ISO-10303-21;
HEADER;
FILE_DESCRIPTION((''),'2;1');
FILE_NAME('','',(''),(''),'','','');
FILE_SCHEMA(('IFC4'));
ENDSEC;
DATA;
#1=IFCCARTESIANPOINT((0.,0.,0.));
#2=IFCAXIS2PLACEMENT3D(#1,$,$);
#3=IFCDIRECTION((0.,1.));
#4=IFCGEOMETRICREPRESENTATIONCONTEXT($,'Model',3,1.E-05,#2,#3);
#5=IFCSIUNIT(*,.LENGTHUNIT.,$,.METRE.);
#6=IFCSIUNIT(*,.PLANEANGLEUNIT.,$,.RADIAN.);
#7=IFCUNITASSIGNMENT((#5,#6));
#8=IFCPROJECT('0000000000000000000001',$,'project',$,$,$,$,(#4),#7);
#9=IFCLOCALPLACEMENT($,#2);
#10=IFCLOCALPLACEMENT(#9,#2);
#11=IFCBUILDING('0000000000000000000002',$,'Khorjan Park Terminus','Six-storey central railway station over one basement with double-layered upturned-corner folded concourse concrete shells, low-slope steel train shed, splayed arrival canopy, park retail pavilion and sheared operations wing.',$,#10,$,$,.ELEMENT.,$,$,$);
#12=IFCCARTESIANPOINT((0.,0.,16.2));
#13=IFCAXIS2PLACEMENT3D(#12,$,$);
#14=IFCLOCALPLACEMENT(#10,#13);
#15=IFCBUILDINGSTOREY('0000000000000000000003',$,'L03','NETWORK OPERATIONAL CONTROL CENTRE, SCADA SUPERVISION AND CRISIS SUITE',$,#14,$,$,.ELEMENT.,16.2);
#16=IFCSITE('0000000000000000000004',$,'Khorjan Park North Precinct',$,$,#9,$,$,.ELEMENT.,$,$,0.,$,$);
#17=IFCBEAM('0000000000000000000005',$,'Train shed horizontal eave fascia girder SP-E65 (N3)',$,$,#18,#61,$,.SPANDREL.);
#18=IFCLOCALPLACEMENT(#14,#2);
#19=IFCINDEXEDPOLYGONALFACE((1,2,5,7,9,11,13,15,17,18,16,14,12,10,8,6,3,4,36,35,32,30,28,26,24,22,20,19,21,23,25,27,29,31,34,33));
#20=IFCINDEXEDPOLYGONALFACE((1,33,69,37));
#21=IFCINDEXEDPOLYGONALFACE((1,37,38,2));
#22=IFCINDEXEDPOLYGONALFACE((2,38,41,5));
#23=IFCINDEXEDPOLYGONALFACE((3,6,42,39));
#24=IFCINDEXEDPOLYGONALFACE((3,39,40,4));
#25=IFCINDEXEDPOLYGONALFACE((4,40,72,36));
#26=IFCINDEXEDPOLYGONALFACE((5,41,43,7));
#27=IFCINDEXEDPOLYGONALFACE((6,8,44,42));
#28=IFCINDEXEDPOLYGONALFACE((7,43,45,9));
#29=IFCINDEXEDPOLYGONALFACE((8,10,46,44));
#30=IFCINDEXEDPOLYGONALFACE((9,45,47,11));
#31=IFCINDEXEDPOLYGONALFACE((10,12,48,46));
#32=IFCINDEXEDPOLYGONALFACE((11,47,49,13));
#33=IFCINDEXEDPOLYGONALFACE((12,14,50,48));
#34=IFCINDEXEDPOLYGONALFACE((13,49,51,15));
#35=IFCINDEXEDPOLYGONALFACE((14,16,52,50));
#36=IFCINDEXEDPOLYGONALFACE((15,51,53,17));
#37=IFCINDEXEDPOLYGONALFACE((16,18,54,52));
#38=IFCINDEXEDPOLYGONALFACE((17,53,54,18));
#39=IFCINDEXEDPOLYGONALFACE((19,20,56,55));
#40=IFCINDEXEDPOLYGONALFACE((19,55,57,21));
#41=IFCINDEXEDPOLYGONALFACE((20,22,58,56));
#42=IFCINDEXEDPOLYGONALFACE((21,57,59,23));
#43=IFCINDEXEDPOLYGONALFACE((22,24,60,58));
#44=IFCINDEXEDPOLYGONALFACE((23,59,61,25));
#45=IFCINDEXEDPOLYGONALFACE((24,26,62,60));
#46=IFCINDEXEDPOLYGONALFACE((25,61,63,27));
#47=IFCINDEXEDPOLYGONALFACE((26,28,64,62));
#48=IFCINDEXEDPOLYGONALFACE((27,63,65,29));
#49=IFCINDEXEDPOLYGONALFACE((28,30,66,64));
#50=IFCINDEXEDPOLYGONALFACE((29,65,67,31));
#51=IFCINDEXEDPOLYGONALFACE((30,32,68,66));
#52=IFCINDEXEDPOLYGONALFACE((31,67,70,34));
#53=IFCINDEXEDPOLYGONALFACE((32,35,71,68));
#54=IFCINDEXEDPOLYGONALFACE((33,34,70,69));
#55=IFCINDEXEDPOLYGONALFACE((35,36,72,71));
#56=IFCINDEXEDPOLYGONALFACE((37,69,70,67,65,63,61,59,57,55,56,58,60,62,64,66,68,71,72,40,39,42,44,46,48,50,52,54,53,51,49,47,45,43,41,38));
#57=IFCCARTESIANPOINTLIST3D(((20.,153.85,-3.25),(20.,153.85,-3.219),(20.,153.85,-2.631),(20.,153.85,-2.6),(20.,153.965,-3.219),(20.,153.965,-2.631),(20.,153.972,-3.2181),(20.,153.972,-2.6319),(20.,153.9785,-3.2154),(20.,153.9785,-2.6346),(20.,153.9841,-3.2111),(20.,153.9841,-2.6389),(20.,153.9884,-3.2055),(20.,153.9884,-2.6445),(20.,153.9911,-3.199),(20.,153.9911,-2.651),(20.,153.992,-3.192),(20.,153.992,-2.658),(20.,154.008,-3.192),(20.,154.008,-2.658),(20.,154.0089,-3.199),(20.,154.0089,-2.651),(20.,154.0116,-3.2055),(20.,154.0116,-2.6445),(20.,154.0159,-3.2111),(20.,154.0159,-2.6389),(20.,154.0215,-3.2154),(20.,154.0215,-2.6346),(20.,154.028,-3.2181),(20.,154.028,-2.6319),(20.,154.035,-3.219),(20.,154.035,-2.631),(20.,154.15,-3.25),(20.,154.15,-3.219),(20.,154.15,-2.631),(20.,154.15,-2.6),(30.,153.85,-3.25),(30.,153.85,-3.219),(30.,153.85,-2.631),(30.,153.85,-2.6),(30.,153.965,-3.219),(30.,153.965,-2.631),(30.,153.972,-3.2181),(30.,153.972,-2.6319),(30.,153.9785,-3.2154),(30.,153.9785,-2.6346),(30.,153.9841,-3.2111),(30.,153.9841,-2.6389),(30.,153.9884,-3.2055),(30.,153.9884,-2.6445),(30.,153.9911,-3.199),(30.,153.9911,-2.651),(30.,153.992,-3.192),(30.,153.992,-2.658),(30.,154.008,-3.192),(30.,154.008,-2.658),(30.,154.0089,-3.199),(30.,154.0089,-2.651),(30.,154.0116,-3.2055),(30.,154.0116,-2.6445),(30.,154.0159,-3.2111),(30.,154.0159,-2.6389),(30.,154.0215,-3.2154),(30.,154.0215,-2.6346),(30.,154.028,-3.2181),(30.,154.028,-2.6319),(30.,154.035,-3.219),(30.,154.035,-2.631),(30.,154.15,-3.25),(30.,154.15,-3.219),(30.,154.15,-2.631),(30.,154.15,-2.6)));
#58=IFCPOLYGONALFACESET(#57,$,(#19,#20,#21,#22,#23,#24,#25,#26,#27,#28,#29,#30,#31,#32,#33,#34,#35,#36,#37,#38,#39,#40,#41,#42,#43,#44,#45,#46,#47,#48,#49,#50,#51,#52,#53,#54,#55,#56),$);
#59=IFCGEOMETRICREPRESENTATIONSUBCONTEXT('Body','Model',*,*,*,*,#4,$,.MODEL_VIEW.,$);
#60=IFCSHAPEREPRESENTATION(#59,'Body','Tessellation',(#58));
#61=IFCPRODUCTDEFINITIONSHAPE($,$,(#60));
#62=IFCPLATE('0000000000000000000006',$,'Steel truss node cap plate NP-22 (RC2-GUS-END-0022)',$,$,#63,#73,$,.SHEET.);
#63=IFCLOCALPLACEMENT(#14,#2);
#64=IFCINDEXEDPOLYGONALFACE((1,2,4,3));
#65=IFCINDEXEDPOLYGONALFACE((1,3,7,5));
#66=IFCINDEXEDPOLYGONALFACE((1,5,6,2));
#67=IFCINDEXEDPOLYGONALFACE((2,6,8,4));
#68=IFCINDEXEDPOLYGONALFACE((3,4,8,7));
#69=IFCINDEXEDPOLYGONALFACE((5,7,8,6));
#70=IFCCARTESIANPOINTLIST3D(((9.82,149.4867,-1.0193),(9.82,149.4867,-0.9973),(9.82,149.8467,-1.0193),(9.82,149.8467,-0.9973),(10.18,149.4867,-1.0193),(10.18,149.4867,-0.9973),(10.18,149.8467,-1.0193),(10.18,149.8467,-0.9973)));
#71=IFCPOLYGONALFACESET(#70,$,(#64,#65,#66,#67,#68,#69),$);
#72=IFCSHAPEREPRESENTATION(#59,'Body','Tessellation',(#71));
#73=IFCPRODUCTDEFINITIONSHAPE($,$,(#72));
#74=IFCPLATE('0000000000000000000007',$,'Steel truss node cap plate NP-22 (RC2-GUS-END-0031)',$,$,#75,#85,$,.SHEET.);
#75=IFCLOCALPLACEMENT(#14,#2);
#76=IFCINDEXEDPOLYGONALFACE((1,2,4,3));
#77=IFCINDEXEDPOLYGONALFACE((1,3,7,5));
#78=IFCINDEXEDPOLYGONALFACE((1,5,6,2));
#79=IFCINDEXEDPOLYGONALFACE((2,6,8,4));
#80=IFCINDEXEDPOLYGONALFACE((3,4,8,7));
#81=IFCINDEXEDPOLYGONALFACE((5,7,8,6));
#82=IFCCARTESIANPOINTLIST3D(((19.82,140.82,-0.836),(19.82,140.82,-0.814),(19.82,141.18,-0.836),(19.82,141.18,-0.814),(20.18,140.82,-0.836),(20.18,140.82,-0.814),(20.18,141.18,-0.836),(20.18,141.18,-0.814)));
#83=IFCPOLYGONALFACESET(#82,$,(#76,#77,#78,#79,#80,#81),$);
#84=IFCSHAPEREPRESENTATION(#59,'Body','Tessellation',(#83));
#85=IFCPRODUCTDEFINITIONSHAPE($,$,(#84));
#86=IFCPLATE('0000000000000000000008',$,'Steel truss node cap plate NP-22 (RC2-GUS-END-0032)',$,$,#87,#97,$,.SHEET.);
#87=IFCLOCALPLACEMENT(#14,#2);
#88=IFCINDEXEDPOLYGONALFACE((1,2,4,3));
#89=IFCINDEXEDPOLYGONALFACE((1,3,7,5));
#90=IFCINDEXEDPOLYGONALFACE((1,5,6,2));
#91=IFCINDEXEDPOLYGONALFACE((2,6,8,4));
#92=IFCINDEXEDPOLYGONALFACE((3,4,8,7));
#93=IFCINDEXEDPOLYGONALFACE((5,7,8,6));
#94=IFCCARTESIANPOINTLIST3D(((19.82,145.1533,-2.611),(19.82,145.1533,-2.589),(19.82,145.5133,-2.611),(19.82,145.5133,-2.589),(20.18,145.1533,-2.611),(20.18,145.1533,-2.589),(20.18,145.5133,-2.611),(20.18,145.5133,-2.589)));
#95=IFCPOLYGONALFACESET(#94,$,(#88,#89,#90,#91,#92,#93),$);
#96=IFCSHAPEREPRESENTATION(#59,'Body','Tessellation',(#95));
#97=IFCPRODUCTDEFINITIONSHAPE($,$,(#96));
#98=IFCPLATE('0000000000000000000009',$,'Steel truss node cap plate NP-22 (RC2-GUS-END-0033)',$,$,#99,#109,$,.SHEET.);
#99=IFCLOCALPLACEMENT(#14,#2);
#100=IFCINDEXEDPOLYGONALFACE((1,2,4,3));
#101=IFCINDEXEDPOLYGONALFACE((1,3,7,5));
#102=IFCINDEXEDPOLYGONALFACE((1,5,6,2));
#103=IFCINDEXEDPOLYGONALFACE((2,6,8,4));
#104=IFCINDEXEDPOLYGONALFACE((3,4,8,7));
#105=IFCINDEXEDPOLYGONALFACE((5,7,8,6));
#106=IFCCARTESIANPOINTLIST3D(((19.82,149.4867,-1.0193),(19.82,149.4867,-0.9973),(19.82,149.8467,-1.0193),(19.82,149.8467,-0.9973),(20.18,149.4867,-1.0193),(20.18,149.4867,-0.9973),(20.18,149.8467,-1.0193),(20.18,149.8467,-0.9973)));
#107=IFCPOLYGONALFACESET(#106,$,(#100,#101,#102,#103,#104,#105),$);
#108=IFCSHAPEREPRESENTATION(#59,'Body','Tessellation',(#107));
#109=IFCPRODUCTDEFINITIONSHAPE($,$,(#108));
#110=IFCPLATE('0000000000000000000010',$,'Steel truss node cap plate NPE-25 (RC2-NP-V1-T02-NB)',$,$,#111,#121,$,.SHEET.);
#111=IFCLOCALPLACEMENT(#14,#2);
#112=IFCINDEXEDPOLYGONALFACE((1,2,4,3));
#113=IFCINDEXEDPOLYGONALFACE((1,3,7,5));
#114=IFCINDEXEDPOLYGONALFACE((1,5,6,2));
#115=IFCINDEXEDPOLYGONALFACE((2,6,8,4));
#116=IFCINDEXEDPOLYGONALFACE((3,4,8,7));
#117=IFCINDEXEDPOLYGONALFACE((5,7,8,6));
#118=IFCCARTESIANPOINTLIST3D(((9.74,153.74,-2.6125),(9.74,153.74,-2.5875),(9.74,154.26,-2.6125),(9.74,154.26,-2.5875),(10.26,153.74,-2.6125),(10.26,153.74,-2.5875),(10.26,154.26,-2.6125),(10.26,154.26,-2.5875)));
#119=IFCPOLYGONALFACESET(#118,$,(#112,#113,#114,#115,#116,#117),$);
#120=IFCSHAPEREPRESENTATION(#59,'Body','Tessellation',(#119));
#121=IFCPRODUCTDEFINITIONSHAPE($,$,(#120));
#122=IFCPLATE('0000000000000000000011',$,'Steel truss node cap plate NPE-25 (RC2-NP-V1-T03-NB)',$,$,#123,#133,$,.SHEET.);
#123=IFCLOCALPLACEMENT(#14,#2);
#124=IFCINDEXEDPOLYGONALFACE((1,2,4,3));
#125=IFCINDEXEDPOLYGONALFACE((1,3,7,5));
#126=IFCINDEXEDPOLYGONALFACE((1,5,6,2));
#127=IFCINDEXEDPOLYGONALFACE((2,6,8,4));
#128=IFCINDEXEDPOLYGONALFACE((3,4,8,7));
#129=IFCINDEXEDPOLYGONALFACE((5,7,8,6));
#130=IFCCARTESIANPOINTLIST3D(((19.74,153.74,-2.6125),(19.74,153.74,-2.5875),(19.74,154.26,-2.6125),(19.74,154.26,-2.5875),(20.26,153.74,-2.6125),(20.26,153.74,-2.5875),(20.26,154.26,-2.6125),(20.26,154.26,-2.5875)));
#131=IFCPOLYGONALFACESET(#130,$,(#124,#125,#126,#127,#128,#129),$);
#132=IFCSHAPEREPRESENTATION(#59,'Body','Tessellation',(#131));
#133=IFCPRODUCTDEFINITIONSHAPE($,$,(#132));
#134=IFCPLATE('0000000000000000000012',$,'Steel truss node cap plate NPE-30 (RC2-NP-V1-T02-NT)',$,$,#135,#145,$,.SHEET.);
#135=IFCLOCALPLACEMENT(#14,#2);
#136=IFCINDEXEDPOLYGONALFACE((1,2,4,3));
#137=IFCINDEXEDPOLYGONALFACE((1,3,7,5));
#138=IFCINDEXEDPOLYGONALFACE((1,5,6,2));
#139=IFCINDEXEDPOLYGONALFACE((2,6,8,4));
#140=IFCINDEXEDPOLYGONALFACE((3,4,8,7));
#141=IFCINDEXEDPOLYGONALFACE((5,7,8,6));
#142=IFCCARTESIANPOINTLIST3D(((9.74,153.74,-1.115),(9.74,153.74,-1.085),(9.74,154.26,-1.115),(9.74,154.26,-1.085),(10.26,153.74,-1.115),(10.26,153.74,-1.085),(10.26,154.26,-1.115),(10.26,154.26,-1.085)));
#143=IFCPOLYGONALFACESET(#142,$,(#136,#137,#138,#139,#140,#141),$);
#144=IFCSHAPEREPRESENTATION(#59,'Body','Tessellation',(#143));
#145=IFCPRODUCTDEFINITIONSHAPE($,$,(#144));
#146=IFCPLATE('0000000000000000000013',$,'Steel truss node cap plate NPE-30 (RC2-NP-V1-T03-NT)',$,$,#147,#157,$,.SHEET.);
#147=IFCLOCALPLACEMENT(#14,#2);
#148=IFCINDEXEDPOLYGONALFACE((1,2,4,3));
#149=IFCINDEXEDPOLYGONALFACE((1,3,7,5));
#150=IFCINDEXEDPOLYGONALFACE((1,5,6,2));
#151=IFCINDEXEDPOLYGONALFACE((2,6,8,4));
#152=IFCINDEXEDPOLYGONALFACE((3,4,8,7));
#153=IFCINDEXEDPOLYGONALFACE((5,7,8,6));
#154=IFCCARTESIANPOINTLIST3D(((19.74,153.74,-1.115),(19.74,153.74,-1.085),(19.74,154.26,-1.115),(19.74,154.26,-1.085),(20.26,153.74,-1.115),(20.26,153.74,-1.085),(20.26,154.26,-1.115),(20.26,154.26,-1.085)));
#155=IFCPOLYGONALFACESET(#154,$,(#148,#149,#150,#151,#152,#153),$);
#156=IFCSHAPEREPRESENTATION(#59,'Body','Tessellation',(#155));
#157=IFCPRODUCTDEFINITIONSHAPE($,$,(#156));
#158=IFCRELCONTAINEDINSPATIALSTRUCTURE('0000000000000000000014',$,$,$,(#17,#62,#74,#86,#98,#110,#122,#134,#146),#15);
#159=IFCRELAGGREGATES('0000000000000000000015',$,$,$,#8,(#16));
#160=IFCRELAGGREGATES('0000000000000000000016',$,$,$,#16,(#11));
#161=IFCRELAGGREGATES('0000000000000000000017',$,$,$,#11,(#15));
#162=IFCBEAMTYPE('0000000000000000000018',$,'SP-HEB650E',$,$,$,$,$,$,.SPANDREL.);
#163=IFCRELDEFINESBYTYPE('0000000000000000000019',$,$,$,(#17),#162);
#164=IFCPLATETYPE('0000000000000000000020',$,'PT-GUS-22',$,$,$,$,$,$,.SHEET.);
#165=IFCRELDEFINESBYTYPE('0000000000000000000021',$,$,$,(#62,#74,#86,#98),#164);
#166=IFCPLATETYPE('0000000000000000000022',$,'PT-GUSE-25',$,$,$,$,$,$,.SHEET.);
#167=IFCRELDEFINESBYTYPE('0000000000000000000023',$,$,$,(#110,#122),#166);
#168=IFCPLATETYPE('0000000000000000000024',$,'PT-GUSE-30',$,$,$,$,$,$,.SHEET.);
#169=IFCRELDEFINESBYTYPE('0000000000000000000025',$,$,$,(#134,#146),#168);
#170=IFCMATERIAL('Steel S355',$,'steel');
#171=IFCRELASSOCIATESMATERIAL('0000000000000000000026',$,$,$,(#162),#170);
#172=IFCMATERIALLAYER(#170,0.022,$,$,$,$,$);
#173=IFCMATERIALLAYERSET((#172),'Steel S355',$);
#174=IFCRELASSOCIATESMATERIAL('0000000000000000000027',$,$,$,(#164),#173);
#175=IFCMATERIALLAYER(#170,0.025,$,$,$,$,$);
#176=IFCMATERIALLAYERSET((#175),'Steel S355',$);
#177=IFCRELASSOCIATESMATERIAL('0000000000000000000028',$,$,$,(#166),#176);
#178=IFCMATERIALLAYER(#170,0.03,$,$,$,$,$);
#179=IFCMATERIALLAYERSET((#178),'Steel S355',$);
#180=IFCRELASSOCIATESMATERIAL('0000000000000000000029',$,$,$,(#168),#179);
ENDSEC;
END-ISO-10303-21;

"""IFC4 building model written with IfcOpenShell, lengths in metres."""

from ifc_helpers import new_model, si_unit, direction, frame, origin, origin_2d, place, context, subcontext, project, spatial, rectangle, i_section, extrude, material, layer, layer_set, material_profile, profile_set, type_object, element, save


model = new_model("IFC4")

# Units and contexts
model_context = context("Model", 3, precision=1e-05, world=origin(), true_north=direction((0.0, 1.0)))
body_context = subcontext(model_context, "Body", "Model", "MODEL_VIEW")
ifc_project = project(units=[si_unit("LENGTHUNIT", "METRE"), si_unit("PLANEANGLEUNIT", "RADIAN")], contexts=[model_context])

# Site, building, storey
site_placement = place(None, origin())
site = spatial("IfcSite", under=ifc_project, at=site_placement, Name="Khorjan Park North Precinct", CompositionType="ELEMENT", RefElevation=0.0)
building_placement = place(site_placement, origin())
building = spatial("IfcBuilding", under=site, at=building_placement, Name="Khorjan Park Terminus", Description="Six-storey central railway station over one basement with double-layered upturned-corner folded concourse concrete shells, low-slope steel train shed, splayed arrival canopy, park retail pavilion and sheared operations wing.", CompositionType="ELEMENT")
storey_placement = place(building_placement, frame((0.0, 0.0, 16.2)))
storey = spatial("IfcBuildingStorey", under=building, at=storey_placement, Name="L03", Description="NETWORK OPERATIONAL CONTROL CENTRE, SCADA SUPERVISION AND CRISIS SUITE", CompositionType="ELEMENT", Elevation=16.2)

# Shared definitions
ifc_material = material(Name="Steel S355", Category="steel")

# Beam
ifc_material_profile_1 = material_profile(ifc_material, i_section(OverallWidth=0.3, OverallDepth=0.65, WebThickness=0.016, FlangeThickness=0.031, FilletRadius=0.027, at=origin_2d()), Name="HEB 650")
ifc_profile_set_1 = profile_set([ifc_material_profile_1], Name="Steel S355")
beam_type = type_object("IfcBeamType", Name="SP-HEB650E", PredefinedType="SPANDREL", material=ifc_profile_set_1)
for number, where, z_axis, x_axis, name in (
    (1, (20.0, 154.0, -2.925), (1.0, 0.0, 0.0), (0.0, 1.0, 0.0), "Train shed horizontal eave fascia girder SP-E65 (N3)"),
):
    element("IfcBeam", number, at=place(storey_placement, frame(where, z_axis=z_axis, x_axis=x_axis)), inside=storey, type_object=beam_type, Name=name, PredefinedType="SPANDREL", context=body_context, shape_type="SweptSolid", body=[
        extrude(i_section(OverallWidth=0.3, OverallDepth=0.65, WebThickness=0.016, FlangeThickness=0.031, FilletRadius=0.027, at=origin_2d()), origin(), (0.0, 0.0, 1.0), 10.0),
    ])

# Plates
ifc_layer_1 = layer(ifc_material, 0.022)
ifc_layer_set_1 = layer_set([ifc_layer_1], Name="Steel S355")
plate_type_1 = type_object("IfcPlateType", Name="PT-GUS-22", PredefinedType="SHEET", material=ifc_layer_set_1)
for number, where, z_axis, x_axis, name in (
    (2, (10.0, 149.6667, -1.0193), (0.0, 0.0, 1.0), (1.0, 0.0, 0.0), "Steel truss node cap plate NP-22 (RC2-GUS-END-0022)"),
    (3, (20.0, 141.0, -0.836), (0.0, 0.0, 1.0), (1.0, 0.0, 0.0), "Steel truss node cap plate NP-22 (RC2-GUS-END-0031)"),
    (4, (20.0, 145.3333, -2.611), (0.0, 0.0, 1.0), (1.0, 0.0, 0.0), "Steel truss node cap plate NP-22 (RC2-GUS-END-0032)"),
    (5, (20.0, 149.6667, -1.0193), (0.0, 0.0, 1.0), (1.0, 0.0, 0.0), "Steel truss node cap plate NP-22 (RC2-GUS-END-0033)"),
):
    element("IfcPlate", number, at=place(storey_placement, frame(where, z_axis=z_axis, x_axis=x_axis)), inside=storey, type_object=plate_type_1, Name=name, PredefinedType="SHEET", context=body_context, shape_type="SweptSolid", body=[
        extrude(rectangle(XDim=0.36, YDim=0.36, at=origin_2d()), origin(), (0.0, 0.0, 1.0), 0.022),
    ])
ifc_layer_2 = layer(ifc_material, 0.025)
ifc_layer_set_2 = layer_set([ifc_layer_2], Name="Steel S355")
plate_type_2 = type_object("IfcPlateType", Name="PT-GUSE-25", PredefinedType="SHEET", material=ifc_layer_set_2)
for number, where, z_axis, x_axis, name in (
    (6, (10.0, 154.0, -2.6125), (0.0, 0.0, 1.0), (1.0, 0.0, 0.0), "Steel truss node cap plate NPE-25 (RC2-NP-V1-T02-NB)"),
    (7, (20.0, 154.0, -2.6125), (0.0, 0.0, 1.0), (1.0, 0.0, 0.0), "Steel truss node cap plate NPE-25 (RC2-NP-V1-T03-NB)"),
):
    element("IfcPlate", number, at=place(storey_placement, frame(where, z_axis=z_axis, x_axis=x_axis)), inside=storey, type_object=plate_type_2, Name=name, PredefinedType="SHEET", context=body_context, shape_type="SweptSolid", body=[
        extrude(rectangle(XDim=0.52, YDim=0.52, at=origin_2d()), origin(), (0.0, 0.0, 1.0), 0.025),
    ])
ifc_layer_3 = layer(ifc_material, 0.03)
ifc_layer_set_3 = layer_set([ifc_layer_3], Name="Steel S355")
plate_type_3 = type_object("IfcPlateType", Name="PT-GUSE-30", PredefinedType="SHEET", material=ifc_layer_set_3)
for number, where, z_axis, x_axis, name in (
    (8, (10.0, 154.0, -1.115), (0.0, 0.0, 1.0), (1.0, 0.0, 0.0), "Steel truss node cap plate NPE-30 (RC2-NP-V1-T02-NT)"),
    (9, (20.0, 154.0, -1.115), (0.0, 0.0, 1.0), (1.0, 0.0, 0.0), "Steel truss node cap plate NPE-30 (RC2-NP-V1-T03-NT)"),
):
    element("IfcPlate", number, at=place(storey_placement, frame(where, z_axis=z_axis, x_axis=x_axis)), inside=storey, type_object=plate_type_3, Name=name, PredefinedType="SHEET", context=body_context, shape_type="SweptSolid", body=[
        extrude(rectangle(XDim=0.52, YDim=0.52, at=origin_2d()), origin(), (0.0, 0.0, 1.0), 0.03),
    ])

save(model, "model.ifc")
